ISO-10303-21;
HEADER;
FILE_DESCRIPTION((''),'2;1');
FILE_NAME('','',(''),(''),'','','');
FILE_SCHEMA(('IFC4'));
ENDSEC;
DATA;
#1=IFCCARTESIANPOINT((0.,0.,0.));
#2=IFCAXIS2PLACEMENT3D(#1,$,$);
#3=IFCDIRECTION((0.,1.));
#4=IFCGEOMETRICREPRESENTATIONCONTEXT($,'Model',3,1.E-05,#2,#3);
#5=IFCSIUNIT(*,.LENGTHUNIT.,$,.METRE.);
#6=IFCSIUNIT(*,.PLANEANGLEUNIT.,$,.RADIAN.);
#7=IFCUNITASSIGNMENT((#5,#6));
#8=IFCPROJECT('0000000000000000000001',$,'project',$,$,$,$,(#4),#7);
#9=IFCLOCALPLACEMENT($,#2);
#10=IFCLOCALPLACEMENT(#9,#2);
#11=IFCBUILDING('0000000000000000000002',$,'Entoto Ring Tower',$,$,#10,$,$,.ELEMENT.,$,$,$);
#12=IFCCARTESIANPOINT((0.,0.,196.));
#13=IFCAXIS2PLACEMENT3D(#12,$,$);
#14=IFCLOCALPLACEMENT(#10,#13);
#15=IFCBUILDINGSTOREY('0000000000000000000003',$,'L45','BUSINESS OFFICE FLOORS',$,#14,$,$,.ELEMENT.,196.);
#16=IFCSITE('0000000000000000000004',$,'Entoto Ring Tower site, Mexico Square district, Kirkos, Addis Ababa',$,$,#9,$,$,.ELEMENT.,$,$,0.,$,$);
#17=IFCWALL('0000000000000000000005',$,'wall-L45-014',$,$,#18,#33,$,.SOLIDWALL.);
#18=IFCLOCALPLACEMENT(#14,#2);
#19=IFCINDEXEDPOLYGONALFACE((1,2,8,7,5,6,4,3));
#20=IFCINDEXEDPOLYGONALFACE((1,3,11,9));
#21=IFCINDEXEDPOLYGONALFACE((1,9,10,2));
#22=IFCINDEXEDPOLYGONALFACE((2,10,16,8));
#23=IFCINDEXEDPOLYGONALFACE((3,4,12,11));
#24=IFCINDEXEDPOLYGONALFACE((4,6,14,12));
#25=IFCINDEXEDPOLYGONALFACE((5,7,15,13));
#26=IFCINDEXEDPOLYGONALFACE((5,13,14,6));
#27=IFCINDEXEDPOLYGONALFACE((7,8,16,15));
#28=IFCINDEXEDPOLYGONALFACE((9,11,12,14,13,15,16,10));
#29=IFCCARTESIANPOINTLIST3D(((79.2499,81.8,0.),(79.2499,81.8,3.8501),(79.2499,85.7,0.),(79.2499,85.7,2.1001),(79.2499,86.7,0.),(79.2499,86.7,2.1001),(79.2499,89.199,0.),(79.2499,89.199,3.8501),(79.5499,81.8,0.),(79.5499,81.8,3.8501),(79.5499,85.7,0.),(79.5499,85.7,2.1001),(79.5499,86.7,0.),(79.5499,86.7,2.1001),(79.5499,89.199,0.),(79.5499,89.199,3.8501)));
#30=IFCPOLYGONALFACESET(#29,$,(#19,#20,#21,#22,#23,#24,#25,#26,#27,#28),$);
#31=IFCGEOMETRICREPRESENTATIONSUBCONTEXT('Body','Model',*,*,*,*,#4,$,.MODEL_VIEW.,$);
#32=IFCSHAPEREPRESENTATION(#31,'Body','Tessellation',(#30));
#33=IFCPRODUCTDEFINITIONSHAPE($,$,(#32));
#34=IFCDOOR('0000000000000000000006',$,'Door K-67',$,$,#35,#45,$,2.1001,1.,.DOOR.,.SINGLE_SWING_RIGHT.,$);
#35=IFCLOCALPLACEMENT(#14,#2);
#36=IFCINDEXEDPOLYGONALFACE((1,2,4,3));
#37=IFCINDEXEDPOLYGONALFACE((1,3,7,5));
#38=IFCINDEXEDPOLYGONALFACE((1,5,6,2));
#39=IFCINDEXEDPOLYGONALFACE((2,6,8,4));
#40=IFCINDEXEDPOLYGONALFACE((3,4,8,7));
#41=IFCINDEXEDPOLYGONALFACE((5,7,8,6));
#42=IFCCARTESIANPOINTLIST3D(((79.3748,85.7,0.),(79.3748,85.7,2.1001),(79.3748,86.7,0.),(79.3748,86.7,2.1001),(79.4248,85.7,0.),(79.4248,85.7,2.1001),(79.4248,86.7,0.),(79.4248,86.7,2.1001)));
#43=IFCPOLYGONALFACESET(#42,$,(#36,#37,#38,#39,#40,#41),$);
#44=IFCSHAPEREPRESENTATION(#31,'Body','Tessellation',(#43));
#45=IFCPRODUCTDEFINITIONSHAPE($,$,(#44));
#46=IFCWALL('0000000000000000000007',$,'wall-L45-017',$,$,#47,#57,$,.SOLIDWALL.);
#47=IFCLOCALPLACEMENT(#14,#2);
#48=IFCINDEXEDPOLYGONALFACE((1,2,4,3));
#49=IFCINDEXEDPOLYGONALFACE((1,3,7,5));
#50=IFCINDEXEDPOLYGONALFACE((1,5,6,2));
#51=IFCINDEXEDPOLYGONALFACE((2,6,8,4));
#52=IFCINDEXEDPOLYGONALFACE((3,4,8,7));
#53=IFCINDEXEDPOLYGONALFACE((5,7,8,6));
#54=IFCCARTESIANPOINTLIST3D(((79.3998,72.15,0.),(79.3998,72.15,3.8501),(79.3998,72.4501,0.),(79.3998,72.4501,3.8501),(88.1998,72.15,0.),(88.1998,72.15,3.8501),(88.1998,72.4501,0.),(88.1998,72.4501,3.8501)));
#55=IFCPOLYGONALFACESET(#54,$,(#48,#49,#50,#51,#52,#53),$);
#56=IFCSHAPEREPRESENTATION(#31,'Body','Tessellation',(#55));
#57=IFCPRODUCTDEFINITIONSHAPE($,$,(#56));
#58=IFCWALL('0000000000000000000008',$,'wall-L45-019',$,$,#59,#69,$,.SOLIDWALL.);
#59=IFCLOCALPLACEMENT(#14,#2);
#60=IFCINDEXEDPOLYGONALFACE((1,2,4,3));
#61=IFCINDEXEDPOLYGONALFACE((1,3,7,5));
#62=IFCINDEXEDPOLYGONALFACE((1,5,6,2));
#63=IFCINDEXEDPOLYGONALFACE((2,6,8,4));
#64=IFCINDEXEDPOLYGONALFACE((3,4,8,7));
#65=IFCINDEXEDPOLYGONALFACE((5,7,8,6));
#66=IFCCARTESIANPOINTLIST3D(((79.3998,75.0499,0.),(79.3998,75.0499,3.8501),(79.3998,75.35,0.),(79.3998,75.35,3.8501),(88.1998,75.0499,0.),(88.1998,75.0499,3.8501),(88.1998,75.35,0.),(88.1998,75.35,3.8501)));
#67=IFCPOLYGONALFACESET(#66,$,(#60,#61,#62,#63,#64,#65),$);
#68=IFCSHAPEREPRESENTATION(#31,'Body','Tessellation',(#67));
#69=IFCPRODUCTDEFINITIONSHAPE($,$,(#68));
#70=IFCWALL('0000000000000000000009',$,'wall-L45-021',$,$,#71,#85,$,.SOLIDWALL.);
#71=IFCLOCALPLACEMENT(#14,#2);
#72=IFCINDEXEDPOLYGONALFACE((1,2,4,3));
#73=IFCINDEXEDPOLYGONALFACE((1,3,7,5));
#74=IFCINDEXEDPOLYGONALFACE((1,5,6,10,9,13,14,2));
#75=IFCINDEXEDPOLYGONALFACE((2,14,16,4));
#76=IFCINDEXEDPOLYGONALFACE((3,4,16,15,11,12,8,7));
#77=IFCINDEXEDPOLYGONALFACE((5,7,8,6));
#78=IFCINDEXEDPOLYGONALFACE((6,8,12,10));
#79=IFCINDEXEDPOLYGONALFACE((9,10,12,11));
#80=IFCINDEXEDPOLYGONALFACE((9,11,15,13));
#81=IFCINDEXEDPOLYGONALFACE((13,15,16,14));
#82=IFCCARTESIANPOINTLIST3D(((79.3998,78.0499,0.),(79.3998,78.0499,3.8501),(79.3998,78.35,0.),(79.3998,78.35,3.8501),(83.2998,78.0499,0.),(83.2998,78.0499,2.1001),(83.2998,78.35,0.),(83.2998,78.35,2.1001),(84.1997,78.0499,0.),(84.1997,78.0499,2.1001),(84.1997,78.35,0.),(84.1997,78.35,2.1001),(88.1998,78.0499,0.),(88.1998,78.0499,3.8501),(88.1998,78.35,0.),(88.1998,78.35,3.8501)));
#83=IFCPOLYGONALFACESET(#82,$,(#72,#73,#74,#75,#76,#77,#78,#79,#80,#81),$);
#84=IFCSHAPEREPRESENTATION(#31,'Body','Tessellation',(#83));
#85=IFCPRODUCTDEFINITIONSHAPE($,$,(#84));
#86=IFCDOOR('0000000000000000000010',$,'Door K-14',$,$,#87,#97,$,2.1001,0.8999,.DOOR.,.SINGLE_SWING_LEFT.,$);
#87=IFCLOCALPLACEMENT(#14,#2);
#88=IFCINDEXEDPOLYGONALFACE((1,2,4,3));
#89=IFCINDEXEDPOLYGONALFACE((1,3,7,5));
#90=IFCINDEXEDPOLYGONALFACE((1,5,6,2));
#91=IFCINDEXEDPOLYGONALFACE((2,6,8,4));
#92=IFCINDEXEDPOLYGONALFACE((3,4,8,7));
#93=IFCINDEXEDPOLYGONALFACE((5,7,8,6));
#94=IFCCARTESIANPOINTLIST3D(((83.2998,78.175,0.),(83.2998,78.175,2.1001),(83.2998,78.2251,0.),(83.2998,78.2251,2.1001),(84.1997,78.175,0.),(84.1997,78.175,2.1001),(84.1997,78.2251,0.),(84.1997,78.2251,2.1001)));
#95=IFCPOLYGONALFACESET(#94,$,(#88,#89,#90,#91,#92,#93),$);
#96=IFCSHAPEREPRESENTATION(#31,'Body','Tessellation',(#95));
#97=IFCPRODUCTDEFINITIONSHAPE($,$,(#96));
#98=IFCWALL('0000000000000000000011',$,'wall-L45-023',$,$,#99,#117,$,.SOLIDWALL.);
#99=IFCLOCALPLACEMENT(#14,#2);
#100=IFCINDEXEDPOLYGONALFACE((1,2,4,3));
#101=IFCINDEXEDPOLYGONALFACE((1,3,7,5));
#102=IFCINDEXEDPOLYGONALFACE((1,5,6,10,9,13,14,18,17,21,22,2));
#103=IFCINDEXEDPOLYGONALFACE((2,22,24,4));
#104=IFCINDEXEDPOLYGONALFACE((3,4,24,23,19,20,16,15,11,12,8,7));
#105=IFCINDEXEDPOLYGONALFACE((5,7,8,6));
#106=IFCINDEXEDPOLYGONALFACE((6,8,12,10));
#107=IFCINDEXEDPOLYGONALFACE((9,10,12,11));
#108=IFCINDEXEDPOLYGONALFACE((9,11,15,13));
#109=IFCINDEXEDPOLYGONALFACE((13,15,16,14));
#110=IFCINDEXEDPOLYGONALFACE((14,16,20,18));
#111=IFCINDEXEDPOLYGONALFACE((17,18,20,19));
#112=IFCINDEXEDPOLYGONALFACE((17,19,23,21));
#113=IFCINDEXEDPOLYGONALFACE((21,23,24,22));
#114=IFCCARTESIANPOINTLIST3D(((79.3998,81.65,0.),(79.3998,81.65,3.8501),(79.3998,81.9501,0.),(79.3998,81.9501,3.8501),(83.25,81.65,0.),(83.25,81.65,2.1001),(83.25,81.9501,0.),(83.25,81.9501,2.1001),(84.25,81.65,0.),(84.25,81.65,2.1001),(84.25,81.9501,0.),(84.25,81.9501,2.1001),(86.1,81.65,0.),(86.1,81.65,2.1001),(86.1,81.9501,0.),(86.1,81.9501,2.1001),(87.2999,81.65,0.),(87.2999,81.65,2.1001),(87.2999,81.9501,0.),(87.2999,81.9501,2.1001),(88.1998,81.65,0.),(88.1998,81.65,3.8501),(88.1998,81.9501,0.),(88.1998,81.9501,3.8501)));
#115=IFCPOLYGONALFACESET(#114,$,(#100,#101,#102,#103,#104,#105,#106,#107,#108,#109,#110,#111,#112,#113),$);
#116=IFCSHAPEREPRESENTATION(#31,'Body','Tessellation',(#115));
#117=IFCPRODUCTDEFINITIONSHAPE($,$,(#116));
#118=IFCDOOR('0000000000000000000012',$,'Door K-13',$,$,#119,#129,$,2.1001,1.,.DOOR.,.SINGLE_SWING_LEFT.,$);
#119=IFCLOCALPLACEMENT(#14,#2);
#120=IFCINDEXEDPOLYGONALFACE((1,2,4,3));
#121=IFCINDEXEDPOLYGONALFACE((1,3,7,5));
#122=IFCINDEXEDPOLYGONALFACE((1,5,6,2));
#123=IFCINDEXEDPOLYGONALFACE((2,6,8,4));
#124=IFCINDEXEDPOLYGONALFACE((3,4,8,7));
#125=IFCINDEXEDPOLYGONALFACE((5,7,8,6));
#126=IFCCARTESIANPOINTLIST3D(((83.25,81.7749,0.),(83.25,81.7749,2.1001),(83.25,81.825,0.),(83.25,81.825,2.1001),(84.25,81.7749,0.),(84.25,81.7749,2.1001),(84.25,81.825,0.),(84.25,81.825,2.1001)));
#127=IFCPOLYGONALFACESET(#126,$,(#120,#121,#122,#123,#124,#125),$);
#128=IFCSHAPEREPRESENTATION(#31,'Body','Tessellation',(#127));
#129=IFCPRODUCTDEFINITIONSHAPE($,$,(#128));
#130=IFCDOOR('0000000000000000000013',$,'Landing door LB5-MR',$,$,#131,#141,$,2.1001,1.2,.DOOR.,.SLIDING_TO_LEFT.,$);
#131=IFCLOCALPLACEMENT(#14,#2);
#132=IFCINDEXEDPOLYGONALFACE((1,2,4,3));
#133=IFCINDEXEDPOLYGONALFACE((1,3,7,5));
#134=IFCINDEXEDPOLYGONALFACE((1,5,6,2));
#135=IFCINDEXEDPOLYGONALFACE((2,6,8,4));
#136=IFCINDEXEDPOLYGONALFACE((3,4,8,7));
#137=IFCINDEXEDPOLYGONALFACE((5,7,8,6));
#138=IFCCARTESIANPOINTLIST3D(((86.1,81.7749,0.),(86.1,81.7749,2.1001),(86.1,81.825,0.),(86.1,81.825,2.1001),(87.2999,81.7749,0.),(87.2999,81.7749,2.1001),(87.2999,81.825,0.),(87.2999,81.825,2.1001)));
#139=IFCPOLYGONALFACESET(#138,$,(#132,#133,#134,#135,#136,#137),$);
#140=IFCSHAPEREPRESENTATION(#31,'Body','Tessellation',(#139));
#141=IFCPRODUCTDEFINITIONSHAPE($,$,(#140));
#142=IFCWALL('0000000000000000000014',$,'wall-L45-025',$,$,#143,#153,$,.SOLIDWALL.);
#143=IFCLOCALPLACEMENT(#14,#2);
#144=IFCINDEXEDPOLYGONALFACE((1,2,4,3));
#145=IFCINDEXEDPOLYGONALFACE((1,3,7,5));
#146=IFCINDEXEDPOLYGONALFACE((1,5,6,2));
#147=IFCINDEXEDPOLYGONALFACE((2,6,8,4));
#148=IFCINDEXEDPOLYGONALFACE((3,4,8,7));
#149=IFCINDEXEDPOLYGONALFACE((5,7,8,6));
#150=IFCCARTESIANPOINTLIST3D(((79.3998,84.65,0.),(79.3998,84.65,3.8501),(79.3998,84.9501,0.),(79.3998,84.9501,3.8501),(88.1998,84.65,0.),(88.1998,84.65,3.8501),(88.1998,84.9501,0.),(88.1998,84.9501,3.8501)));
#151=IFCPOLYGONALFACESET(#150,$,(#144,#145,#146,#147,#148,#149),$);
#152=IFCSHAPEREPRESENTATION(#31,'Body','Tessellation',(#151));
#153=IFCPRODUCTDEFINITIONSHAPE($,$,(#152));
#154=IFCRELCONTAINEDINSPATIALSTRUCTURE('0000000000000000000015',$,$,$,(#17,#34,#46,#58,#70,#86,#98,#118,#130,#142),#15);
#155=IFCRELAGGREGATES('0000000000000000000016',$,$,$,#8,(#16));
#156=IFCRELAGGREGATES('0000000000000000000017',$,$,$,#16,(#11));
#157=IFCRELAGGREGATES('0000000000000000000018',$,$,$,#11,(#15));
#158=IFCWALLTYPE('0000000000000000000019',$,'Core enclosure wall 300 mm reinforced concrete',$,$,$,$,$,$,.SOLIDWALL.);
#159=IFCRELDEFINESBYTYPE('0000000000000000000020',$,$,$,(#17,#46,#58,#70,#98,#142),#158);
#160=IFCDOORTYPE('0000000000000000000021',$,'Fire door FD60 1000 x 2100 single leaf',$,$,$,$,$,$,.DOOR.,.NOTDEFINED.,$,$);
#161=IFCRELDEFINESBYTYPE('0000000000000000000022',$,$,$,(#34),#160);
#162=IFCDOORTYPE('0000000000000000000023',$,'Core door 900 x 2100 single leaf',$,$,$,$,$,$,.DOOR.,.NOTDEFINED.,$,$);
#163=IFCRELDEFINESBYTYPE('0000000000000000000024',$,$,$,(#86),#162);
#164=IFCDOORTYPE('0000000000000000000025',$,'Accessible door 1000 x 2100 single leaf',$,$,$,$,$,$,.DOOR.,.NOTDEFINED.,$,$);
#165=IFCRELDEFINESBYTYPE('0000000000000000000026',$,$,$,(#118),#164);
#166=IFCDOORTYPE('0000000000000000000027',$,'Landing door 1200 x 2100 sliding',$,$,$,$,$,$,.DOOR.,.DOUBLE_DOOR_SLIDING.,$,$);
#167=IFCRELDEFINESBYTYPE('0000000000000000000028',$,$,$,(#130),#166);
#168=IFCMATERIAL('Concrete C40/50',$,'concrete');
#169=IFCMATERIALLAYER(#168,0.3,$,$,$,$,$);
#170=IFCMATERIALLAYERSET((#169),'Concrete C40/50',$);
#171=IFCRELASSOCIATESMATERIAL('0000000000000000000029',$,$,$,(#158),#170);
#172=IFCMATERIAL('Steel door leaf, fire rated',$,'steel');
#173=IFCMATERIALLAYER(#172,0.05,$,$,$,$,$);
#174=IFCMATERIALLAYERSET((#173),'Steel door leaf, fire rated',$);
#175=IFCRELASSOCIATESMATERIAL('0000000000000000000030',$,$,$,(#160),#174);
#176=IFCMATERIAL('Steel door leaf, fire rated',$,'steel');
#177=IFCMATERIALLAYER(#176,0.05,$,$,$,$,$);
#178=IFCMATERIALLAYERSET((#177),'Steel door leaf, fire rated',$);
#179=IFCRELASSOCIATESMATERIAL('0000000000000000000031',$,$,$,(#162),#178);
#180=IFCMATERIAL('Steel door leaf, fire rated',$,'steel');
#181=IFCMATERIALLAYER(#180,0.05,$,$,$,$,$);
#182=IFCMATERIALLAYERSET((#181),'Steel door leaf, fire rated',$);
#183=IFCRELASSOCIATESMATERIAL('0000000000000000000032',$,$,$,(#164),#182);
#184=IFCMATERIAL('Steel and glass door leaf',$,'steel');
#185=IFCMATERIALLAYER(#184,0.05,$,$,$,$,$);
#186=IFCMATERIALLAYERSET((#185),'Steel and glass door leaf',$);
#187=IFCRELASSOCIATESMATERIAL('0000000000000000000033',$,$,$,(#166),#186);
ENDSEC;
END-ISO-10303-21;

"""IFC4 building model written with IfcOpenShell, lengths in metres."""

from ifc_helpers import new_model, si_unit, direction, frame, frame_2d, origin, place, context, subcontext, project, spatial, rectangle, extrude, material, layer, layer_set, type_object, element, fill, save


model = new_model("IFC4")

# Units and contexts
model_context = context("Model", 3, precision=1e-05, world=origin(), true_north=direction((0.0, 1.0)))
body_context = subcontext(model_context, "Body", "Model", "MODEL_VIEW")
ifc_project = project(units=[si_unit("LENGTHUNIT", "METRE"), si_unit("PLANEANGLEUNIT", "RADIAN")], contexts=[model_context])

# Site, building, storey
site_placement = place(None, origin())
site = spatial("IfcSite", under=ifc_project, at=site_placement, Name="Entoto Ring Tower site, Mexico Square district, Kirkos, Addis Ababa", CompositionType="ELEMENT", RefElevation=0.0)
building_placement = place(site_placement, origin())
building = spatial("IfcBuilding", under=site, at=building_placement, Name="Entoto Ring Tower", CompositionType="ELEMENT")
storey_placement = place(building_placement, frame((0.0, 0.0, 196.0)))
storey = spatial("IfcBuildingStorey", under=building, at=storey_placement, Name="L45", Description="BUSINESS OFFICE FLOORS", CompositionType="ELEMENT", Elevation=196.0)

# Shared definitions
ifc_material_1 = material(Name="Concrete C40/50", Category="concrete")
ifc_layer_1 = layer(ifc_material_1, 0.3)
ifc_layer_set_1 = layer_set([ifc_layer_1], Name="Concrete C40/50")
wall_type_1 = type_object("IfcWallType", Name="Core enclosure wall 300 mm reinforced concrete", PredefinedType="SOLIDWALL", material=ifc_layer_set_1)

# Wall, opening, door
wall_1_placement = place(storey_placement, frame((79.3999, 81.8, 0.0), z_axis=(0.0, 0.0, 1.0), x_axis=(0.0, 1.0, 0.0)))
wall_1 = element("IfcWall", 1, at=wall_1_placement, inside=storey, type_object=wall_type_1, Name="wall-L45-014", PredefinedType="SOLIDWALL", context=body_context, shape_type="SweptSolid", body=[
    extrude(rectangle(XDim=7.3989, YDim=0.3, at=frame_2d((3.6995, 0.0))), origin(), (0.0, 0.0, 1.0), 3.8501),
])
opening_1_placement = place(wall_1_placement, frame((3.8999, 0.0, 0.0)))
opening_1 = element("IfcOpeningElement", 2, at=opening_1_placement, cuts=wall_1, PredefinedType="OPENING", context=body_context, shape_type="SweptSolid", body=[
    extrude(rectangle(XDim=1.0, YDim=2.1001, at=frame_2d((0.5, 1.05))), frame((0.0, 0.1602, 0.0), z_axis=(0.0, -1.0, 0.0), x_axis=(1.0, 0.0, 0.0)), (0.0, 0.0, 1.0), 0.3201),
])
ifc_material_2 = material(Name="Steel door leaf, fire rated", Category="steel")
ifc_layer_2 = layer(ifc_material_2, 0.05)
ifc_layer_set_2 = layer_set([ifc_layer_2], Name="Steel door leaf, fire rated")
door_type_1 = type_object("IfcDoorType", Name="Fire door FD60 1000 x 2100 single leaf", OperationType="NOTDEFINED", PredefinedType="DOOR", material=ifc_layer_set_2)
door_1_placement = place(opening_1_placement, frame((1.0, 0.0, 0.0), z_axis=(0.0, 0.0, 1.0), x_axis=(-1.0, 0.0, 0.0)))
door_1 = element("IfcDoor", 3, at=door_1_placement, inside=storey, type_object=door_type_1, Name="Door K-67", OperationType="SINGLE_SWING_RIGHT", OverallHeight=2.1001, OverallWidth=1.0, PredefinedType="DOOR", context=body_context, shape_type="SweptSolid", body=[
    extrude(rectangle(XDim=1.0, YDim=2.1001, at=frame_2d((0.5, 1.05))), frame((0.0, 0.0249, 0.0), z_axis=(0.0, -1.0, 0.0), x_axis=(1.0, 0.0, 0.0)), (0.0, 0.0, 1.0), 0.05),
])
fill(opening_1, door_1)

# Walls
for number, where, z_axis, x_axis, name in (
    (4, (79.3999, 72.3, 0.0), (0.0, 0.0, 1.0), (1.0, 0.0, 0.0), "wall-L45-017"),
    (5, (79.3999, 75.2, 0.0), (0.0, 0.0, 1.0), (1.0, 0.0, 0.0), "wall-L45-019"),
):
    element("IfcWall", number, at=place(storey_placement, frame(where, z_axis=z_axis, x_axis=x_axis)), inside=storey, type_object=wall_type_1, Name=name, PredefinedType="SOLIDWALL", context=body_context, shape_type="SweptSolid", body=[
        extrude(rectangle(XDim=8.8, YDim=0.3, at=frame_2d((4.3999, 0.0))), origin(), (0.0, 0.0, 1.0), 3.8501),
    ])

# Wall, opening, door
wall_2_placement = place(storey_placement, frame((79.3999, 78.2, 0.0), z_axis=(0.0, 0.0, 1.0), x_axis=(1.0, 0.0, 0.0)))
wall_2 = element("IfcWall", 6, at=wall_2_placement, inside=storey, type_object=wall_type_1, Name="wall-L45-021", PredefinedType="SOLIDWALL", context=body_context, shape_type="SweptSolid", body=[
    extrude(rectangle(XDim=8.8, YDim=0.3, at=frame_2d((4.3999, 0.0))), origin(), (0.0, 0.0, 1.0), 3.8501),
])
opening_2_placement = place(wall_2_placement, frame((3.8999, 0.0, 0.0)))
opening_2 = element("IfcOpeningElement", 7, at=opening_2_placement, cuts=wall_2, PredefinedType="OPENING", context=body_context, shape_type="SweptSolid", body=[
    extrude(rectangle(XDim=0.8999, YDim=2.1001, at=frame_2d((0.45, 1.05))), frame((0.0, 0.1602, 0.0), z_axis=(0.0, -1.0, 0.0), x_axis=(1.0, 0.0, 0.0)), (0.0, 0.0, 1.0), 0.3201),
])
ifc_material_3 = material(Name="Steel door leaf, fire rated", Category="steel")
ifc_layer_3 = layer(ifc_material_3, 0.05)
ifc_layer_set_3 = layer_set([ifc_layer_3], Name="Steel door leaf, fire rated")
door_type_2 = type_object("IfcDoorType", Name="Core door 900 x 2100 single leaf", OperationType="NOTDEFINED", PredefinedType="DOOR", material=ifc_layer_set_3)
door_2_placement = place(opening_2_placement, frame((0.8999, 0.0, 0.0), z_axis=(0.0, 0.0, 1.0), x_axis=(-1.0, 0.0, 0.0)))
door_2 = element("IfcDoor", 8, at=door_2_placement, inside=storey, type_object=door_type_2, Name="Door K-14", OperationType="SINGLE_SWING_LEFT", OverallHeight=2.1001, OverallWidth=0.8999, PredefinedType="DOOR", context=body_context, shape_type="SweptSolid", body=[
    extrude(rectangle(XDim=0.8999, YDim=2.1001, at=frame_2d((0.45, 1.05))), frame((0.0, 0.0249, 0.0), z_axis=(0.0, -1.0, 0.0), x_axis=(1.0, 0.0, 0.0)), (0.0, 0.0, 1.0), 0.05),
])
fill(opening_2, door_2)

# Wall, openings, doors
wall_3_placement = place(storey_placement, frame((79.3999, 81.8, 0.0), z_axis=(0.0, 0.0, 1.0), x_axis=(1.0, 0.0, 0.0)))
wall_3 = element("IfcWall", 9, at=wall_3_placement, inside=storey, type_object=wall_type_1, Name="wall-L45-023", PredefinedType="SOLIDWALL", context=body_context, shape_type="SweptSolid", body=[
    extrude(rectangle(XDim=8.8, YDim=0.3, at=frame_2d((4.3999, 0.0))), origin(), (0.0, 0.0, 1.0), 3.8501),
])
opening_3_placement = place(wall_3_placement, frame((6.7, 0.0, 0.0)))
opening_3 = element("IfcOpeningElement", 10, at=opening_3_placement, cuts=wall_3, PredefinedType="OPENING", context=body_context, shape_type="SweptSolid", body=[
    extrude(rectangle(XDim=1.2, YDim=2.1001, at=frame_2d((0.6001, 1.05))), frame((0.0, 0.1602, 0.0), z_axis=(0.0, -1.0, 0.0), x_axis=(1.0, 0.0, 0.0)), (0.0, 0.0, 1.0), 0.3201),
])
opening_4_placement = place(wall_3_placement, frame((3.8501, 0.0, 0.0)))
opening_4 = element("IfcOpeningElement", 11, at=opening_4_placement, cuts=wall_3, PredefinedType="OPENING", context=body_context, shape_type="SweptSolid", body=[
    extrude(rectangle(XDim=1.0, YDim=2.1001, at=frame_2d((0.5, 1.05))), frame((0.0, 0.1602, 0.0), z_axis=(0.0, -1.0, 0.0), x_axis=(1.0, 0.0, 0.0)), (0.0, 0.0, 1.0), 0.3201),
])
ifc_material_4 = material(Name="Steel door leaf, fire rated", Category="steel")
ifc_layer_4 = layer(ifc_material_4, 0.05)
ifc_layer_set_4 = layer_set([ifc_layer_4], Name="Steel door leaf, fire rated")
door_type_3 = type_object("IfcDoorType", Name="Accessible door 1000 x 2100 single leaf", OperationType="NOTDEFINED", PredefinedType="DOOR", material=ifc_layer_set_4)
door_3_placement = place(opening_4_placement, origin())
door_3 = element("IfcDoor", 12, at=door_3_placement, inside=storey, type_object=door_type_3, Name="Door K-13", OperationType="SINGLE_SWING_LEFT", OverallHeight=2.1001, OverallWidth=1.0, PredefinedType="DOOR", context=body_context, shape_type="SweptSolid", body=[
    extrude(rectangle(XDim=1.0, YDim=2.1001, at=frame_2d((0.5, 1.05))), frame((0.0, 0.0249, 0.0), z_axis=(0.0, -1.0, 0.0), x_axis=(1.0, 0.0, 0.0)), (0.0, 0.0, 1.0), 0.05),
])
fill(opening_4, door_3)
ifc_material_5 = material(Name="Steel and glass door leaf", Category="steel")
ifc_layer_5 = layer(ifc_material_5, 0.05)
ifc_layer_set_5 = layer_set([ifc_layer_5], Name="Steel and glass door leaf")
door_type_4 = type_object("IfcDoorType", Name="Landing door 1200 x 2100 sliding", OperationType="DOUBLE_DOOR_SLIDING", PredefinedType="DOOR", material=ifc_layer_set_5)
door_4_placement = place(opening_3_placement, origin())
door_4 = element("IfcDoor", 13, at=door_4_placement, inside=storey, type_object=door_type_4, Name="Landing door LB5-MR", OperationType="SLIDING_TO_LEFT", OverallHeight=2.1001, OverallWidth=1.2, PredefinedType="DOOR", context=body_context, shape_type="SweptSolid", body=[
    extrude(rectangle(XDim=1.2, YDim=2.1001, at=frame_2d((0.6001, 1.05))), frame((0.0, 0.0249, 0.0), z_axis=(0.0, -1.0, 0.0), x_axis=(1.0, 0.0, 0.0)), (0.0, 0.0, 1.0), 0.05),
])
fill(opening_3, door_4)

# Wall
wall_4_placement = place(storey_placement, frame((79.3999, 84.8, 0.0), z_axis=(0.0, 0.0, 1.0), x_axis=(1.0, 0.0, 0.0)))
element("IfcWall", 14, at=wall_4_placement, inside=storey, type_object=wall_type_1, Name="wall-L45-025", PredefinedType="SOLIDWALL", context=body_context, shape_type="SweptSolid", body=[
    extrude(rectangle(XDim=8.8, YDim=0.3, at=frame_2d((4.3999, 0.0))), origin(), (0.0, 0.0, 1.0), 3.8501),
])

save(model, "model.ifc")
